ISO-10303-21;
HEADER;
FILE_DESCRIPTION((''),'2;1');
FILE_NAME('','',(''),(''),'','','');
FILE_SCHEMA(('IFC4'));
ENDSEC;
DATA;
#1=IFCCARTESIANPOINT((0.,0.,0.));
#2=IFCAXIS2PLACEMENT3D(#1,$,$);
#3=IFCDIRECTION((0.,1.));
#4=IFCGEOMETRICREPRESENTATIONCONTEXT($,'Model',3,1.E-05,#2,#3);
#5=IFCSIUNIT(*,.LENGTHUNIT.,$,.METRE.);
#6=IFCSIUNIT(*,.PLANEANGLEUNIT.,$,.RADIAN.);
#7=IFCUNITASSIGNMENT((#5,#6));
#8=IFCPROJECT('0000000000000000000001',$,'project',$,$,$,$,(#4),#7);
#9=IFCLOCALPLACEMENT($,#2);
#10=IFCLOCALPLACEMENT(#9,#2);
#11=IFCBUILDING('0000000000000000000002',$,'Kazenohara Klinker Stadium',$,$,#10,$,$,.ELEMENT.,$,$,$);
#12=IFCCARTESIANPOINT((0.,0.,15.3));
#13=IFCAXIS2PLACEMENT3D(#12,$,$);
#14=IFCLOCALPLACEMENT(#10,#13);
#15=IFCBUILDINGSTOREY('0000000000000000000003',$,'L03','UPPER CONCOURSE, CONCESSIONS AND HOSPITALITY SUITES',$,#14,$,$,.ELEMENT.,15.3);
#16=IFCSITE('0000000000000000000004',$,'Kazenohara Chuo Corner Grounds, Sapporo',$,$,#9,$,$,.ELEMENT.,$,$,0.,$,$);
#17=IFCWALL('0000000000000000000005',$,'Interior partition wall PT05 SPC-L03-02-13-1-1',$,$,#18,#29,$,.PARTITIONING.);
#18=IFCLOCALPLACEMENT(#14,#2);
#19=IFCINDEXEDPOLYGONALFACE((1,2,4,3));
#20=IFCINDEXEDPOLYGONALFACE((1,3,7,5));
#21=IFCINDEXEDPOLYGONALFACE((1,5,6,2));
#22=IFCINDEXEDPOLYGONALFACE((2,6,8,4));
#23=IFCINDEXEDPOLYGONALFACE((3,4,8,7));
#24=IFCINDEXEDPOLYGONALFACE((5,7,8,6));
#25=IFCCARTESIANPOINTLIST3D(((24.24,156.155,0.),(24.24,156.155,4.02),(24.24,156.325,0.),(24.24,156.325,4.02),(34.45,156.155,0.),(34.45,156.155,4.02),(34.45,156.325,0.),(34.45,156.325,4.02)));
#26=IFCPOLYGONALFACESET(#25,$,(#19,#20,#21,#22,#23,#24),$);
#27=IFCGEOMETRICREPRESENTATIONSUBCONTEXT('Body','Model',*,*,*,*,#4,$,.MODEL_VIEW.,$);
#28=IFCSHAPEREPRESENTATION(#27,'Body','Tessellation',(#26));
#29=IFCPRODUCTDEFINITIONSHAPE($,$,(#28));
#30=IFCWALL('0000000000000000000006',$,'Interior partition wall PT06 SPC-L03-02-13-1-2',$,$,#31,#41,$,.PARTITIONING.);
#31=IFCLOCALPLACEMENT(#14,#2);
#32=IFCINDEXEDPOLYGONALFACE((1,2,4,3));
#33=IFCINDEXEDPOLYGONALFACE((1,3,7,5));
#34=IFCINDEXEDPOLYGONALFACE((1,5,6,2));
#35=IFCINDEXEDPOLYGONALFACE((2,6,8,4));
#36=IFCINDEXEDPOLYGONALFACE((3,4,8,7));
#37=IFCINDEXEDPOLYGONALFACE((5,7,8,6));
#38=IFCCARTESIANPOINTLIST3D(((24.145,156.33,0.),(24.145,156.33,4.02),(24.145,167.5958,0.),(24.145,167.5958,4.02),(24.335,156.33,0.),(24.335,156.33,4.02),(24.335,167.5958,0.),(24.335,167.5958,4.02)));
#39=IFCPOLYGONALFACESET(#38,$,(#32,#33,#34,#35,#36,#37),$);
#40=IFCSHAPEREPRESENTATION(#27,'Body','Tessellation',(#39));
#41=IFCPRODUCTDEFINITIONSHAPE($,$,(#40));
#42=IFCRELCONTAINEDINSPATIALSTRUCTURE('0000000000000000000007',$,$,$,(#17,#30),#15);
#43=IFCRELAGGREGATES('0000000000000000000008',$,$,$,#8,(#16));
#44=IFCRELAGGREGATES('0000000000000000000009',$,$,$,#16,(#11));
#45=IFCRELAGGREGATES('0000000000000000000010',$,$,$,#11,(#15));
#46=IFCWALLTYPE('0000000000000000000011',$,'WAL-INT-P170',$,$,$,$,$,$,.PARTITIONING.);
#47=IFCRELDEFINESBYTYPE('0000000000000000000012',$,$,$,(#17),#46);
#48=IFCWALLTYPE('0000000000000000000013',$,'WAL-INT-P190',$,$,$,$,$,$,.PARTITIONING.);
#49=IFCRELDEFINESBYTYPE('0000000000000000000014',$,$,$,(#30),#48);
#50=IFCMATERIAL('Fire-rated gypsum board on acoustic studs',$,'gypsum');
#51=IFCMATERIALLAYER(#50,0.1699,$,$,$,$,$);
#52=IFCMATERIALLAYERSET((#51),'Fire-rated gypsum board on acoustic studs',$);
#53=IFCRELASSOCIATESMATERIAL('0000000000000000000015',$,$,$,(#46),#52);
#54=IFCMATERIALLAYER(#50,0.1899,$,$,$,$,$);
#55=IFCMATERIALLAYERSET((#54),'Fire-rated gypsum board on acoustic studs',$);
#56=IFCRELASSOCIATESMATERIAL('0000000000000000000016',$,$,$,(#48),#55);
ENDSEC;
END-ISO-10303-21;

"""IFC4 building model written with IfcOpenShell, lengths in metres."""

from ifc_helpers import new_model, si_unit, direction, frame, frame_2d, origin, place, context, subcontext, project, spatial, rectangle, extrude, material, layer, layer_set, type_object, element, save


model = new_model("IFC4")

# Units and contexts
model_context = context("Model", 3, precision=1e-05, world=origin(), true_north=direction((0.0, 1.0)))
body_context = subcontext(model_context, "Body", "Model", "MODEL_VIEW")
ifc_project = project(units=[si_unit("LENGTHUNIT", "METRE"), si_unit("PLANEANGLEUNIT", "RADIAN")], contexts=[model_context])

# Site, building, storey
site_placement = place(None, origin())
site = spatial("IfcSite", under=ifc_project, at=site_placement, Name="Kazenohara Chuo Corner Grounds, Sapporo", CompositionType="ELEMENT", RefElevation=0.0)
building_placement = place(site_placement, origin())
building = spatial("IfcBuilding", under=site, at=building_placement, Name="Kazenohara Klinker Stadium", CompositionType="ELEMENT")
storey_placement = place(building_placement, frame((0.0, 0.0, 15.3)))
storey = spatial("IfcBuildingStorey", under=building, at=storey_placement, Name="L03", Description="UPPER CONCOURSE, CONCESSIONS AND HOSPITALITY SUITES", CompositionType="ELEMENT", Elevation=15.3)

# Shared definitions
ifc_material_1 = material(Name="Fire-rated gypsum board on acoustic studs", Category="gypsum")

# Walls
ifc_layer_1 = layer(ifc_material_1, 0.1699)
ifc_layer_set_1 = layer_set([ifc_layer_1], Name="Fire-rated gypsum board on acoustic studs")
wall_type_1 = type_object("IfcWallType", Name="WAL-INT-P170", PredefinedType="PARTITIONING", material=ifc_layer_set_1)
wall_1_placement = place(storey_placement, frame((24.24, 156.24, 0.0), z_axis=(0.0, 0.0, 1.0), x_axis=(1.0, 0.0, 0.0)))
element("IfcWall", 1, at=wall_1_placement, inside=storey, type_object=wall_type_1, Name="Interior partition wall PT05 SPC-L03-02-13-1-1", PredefinedType="PARTITIONING", context=body_context, shape_type="SweptSolid", body=[
    extrude(rectangle(XDim=10.21, YDim=0.1699, at=frame_2d((5.105, 0.0))), origin(), (0.0, 0.0, 1.0), 4.02),
])
ifc_layer_2 = layer(ifc_material_1, 0.1899)
ifc_layer_set_2 = layer_set([ifc_layer_2], Name="Fire-rated gypsum board on acoustic studs")
wall_type_2 = type_object("IfcWallType", Name="WAL-INT-P190", PredefinedType="PARTITIONING", material=ifc_layer_set_2)
wall_2_placement = place(storey_placement, frame((24.24, 156.3301, 0.0), z_axis=(0.0, 0.0, 1.0), x_axis=(0.0, 1.0, 0.0)))
element("IfcWall", 2, at=wall_2_placement, inside=storey, type_object=wall_type_2, Name="Interior partition wall PT06 SPC-L03-02-13-1-2", PredefinedType="PARTITIONING", context=body_context, shape_type="SweptSolid", body=[
    extrude(rectangle(XDim=11.2659, YDim=0.1899, at=frame_2d((5.6328, 0.0))), origin(), (0.0, 0.0, 1.0), 4.02),
])

save(model, "model.ifc")
